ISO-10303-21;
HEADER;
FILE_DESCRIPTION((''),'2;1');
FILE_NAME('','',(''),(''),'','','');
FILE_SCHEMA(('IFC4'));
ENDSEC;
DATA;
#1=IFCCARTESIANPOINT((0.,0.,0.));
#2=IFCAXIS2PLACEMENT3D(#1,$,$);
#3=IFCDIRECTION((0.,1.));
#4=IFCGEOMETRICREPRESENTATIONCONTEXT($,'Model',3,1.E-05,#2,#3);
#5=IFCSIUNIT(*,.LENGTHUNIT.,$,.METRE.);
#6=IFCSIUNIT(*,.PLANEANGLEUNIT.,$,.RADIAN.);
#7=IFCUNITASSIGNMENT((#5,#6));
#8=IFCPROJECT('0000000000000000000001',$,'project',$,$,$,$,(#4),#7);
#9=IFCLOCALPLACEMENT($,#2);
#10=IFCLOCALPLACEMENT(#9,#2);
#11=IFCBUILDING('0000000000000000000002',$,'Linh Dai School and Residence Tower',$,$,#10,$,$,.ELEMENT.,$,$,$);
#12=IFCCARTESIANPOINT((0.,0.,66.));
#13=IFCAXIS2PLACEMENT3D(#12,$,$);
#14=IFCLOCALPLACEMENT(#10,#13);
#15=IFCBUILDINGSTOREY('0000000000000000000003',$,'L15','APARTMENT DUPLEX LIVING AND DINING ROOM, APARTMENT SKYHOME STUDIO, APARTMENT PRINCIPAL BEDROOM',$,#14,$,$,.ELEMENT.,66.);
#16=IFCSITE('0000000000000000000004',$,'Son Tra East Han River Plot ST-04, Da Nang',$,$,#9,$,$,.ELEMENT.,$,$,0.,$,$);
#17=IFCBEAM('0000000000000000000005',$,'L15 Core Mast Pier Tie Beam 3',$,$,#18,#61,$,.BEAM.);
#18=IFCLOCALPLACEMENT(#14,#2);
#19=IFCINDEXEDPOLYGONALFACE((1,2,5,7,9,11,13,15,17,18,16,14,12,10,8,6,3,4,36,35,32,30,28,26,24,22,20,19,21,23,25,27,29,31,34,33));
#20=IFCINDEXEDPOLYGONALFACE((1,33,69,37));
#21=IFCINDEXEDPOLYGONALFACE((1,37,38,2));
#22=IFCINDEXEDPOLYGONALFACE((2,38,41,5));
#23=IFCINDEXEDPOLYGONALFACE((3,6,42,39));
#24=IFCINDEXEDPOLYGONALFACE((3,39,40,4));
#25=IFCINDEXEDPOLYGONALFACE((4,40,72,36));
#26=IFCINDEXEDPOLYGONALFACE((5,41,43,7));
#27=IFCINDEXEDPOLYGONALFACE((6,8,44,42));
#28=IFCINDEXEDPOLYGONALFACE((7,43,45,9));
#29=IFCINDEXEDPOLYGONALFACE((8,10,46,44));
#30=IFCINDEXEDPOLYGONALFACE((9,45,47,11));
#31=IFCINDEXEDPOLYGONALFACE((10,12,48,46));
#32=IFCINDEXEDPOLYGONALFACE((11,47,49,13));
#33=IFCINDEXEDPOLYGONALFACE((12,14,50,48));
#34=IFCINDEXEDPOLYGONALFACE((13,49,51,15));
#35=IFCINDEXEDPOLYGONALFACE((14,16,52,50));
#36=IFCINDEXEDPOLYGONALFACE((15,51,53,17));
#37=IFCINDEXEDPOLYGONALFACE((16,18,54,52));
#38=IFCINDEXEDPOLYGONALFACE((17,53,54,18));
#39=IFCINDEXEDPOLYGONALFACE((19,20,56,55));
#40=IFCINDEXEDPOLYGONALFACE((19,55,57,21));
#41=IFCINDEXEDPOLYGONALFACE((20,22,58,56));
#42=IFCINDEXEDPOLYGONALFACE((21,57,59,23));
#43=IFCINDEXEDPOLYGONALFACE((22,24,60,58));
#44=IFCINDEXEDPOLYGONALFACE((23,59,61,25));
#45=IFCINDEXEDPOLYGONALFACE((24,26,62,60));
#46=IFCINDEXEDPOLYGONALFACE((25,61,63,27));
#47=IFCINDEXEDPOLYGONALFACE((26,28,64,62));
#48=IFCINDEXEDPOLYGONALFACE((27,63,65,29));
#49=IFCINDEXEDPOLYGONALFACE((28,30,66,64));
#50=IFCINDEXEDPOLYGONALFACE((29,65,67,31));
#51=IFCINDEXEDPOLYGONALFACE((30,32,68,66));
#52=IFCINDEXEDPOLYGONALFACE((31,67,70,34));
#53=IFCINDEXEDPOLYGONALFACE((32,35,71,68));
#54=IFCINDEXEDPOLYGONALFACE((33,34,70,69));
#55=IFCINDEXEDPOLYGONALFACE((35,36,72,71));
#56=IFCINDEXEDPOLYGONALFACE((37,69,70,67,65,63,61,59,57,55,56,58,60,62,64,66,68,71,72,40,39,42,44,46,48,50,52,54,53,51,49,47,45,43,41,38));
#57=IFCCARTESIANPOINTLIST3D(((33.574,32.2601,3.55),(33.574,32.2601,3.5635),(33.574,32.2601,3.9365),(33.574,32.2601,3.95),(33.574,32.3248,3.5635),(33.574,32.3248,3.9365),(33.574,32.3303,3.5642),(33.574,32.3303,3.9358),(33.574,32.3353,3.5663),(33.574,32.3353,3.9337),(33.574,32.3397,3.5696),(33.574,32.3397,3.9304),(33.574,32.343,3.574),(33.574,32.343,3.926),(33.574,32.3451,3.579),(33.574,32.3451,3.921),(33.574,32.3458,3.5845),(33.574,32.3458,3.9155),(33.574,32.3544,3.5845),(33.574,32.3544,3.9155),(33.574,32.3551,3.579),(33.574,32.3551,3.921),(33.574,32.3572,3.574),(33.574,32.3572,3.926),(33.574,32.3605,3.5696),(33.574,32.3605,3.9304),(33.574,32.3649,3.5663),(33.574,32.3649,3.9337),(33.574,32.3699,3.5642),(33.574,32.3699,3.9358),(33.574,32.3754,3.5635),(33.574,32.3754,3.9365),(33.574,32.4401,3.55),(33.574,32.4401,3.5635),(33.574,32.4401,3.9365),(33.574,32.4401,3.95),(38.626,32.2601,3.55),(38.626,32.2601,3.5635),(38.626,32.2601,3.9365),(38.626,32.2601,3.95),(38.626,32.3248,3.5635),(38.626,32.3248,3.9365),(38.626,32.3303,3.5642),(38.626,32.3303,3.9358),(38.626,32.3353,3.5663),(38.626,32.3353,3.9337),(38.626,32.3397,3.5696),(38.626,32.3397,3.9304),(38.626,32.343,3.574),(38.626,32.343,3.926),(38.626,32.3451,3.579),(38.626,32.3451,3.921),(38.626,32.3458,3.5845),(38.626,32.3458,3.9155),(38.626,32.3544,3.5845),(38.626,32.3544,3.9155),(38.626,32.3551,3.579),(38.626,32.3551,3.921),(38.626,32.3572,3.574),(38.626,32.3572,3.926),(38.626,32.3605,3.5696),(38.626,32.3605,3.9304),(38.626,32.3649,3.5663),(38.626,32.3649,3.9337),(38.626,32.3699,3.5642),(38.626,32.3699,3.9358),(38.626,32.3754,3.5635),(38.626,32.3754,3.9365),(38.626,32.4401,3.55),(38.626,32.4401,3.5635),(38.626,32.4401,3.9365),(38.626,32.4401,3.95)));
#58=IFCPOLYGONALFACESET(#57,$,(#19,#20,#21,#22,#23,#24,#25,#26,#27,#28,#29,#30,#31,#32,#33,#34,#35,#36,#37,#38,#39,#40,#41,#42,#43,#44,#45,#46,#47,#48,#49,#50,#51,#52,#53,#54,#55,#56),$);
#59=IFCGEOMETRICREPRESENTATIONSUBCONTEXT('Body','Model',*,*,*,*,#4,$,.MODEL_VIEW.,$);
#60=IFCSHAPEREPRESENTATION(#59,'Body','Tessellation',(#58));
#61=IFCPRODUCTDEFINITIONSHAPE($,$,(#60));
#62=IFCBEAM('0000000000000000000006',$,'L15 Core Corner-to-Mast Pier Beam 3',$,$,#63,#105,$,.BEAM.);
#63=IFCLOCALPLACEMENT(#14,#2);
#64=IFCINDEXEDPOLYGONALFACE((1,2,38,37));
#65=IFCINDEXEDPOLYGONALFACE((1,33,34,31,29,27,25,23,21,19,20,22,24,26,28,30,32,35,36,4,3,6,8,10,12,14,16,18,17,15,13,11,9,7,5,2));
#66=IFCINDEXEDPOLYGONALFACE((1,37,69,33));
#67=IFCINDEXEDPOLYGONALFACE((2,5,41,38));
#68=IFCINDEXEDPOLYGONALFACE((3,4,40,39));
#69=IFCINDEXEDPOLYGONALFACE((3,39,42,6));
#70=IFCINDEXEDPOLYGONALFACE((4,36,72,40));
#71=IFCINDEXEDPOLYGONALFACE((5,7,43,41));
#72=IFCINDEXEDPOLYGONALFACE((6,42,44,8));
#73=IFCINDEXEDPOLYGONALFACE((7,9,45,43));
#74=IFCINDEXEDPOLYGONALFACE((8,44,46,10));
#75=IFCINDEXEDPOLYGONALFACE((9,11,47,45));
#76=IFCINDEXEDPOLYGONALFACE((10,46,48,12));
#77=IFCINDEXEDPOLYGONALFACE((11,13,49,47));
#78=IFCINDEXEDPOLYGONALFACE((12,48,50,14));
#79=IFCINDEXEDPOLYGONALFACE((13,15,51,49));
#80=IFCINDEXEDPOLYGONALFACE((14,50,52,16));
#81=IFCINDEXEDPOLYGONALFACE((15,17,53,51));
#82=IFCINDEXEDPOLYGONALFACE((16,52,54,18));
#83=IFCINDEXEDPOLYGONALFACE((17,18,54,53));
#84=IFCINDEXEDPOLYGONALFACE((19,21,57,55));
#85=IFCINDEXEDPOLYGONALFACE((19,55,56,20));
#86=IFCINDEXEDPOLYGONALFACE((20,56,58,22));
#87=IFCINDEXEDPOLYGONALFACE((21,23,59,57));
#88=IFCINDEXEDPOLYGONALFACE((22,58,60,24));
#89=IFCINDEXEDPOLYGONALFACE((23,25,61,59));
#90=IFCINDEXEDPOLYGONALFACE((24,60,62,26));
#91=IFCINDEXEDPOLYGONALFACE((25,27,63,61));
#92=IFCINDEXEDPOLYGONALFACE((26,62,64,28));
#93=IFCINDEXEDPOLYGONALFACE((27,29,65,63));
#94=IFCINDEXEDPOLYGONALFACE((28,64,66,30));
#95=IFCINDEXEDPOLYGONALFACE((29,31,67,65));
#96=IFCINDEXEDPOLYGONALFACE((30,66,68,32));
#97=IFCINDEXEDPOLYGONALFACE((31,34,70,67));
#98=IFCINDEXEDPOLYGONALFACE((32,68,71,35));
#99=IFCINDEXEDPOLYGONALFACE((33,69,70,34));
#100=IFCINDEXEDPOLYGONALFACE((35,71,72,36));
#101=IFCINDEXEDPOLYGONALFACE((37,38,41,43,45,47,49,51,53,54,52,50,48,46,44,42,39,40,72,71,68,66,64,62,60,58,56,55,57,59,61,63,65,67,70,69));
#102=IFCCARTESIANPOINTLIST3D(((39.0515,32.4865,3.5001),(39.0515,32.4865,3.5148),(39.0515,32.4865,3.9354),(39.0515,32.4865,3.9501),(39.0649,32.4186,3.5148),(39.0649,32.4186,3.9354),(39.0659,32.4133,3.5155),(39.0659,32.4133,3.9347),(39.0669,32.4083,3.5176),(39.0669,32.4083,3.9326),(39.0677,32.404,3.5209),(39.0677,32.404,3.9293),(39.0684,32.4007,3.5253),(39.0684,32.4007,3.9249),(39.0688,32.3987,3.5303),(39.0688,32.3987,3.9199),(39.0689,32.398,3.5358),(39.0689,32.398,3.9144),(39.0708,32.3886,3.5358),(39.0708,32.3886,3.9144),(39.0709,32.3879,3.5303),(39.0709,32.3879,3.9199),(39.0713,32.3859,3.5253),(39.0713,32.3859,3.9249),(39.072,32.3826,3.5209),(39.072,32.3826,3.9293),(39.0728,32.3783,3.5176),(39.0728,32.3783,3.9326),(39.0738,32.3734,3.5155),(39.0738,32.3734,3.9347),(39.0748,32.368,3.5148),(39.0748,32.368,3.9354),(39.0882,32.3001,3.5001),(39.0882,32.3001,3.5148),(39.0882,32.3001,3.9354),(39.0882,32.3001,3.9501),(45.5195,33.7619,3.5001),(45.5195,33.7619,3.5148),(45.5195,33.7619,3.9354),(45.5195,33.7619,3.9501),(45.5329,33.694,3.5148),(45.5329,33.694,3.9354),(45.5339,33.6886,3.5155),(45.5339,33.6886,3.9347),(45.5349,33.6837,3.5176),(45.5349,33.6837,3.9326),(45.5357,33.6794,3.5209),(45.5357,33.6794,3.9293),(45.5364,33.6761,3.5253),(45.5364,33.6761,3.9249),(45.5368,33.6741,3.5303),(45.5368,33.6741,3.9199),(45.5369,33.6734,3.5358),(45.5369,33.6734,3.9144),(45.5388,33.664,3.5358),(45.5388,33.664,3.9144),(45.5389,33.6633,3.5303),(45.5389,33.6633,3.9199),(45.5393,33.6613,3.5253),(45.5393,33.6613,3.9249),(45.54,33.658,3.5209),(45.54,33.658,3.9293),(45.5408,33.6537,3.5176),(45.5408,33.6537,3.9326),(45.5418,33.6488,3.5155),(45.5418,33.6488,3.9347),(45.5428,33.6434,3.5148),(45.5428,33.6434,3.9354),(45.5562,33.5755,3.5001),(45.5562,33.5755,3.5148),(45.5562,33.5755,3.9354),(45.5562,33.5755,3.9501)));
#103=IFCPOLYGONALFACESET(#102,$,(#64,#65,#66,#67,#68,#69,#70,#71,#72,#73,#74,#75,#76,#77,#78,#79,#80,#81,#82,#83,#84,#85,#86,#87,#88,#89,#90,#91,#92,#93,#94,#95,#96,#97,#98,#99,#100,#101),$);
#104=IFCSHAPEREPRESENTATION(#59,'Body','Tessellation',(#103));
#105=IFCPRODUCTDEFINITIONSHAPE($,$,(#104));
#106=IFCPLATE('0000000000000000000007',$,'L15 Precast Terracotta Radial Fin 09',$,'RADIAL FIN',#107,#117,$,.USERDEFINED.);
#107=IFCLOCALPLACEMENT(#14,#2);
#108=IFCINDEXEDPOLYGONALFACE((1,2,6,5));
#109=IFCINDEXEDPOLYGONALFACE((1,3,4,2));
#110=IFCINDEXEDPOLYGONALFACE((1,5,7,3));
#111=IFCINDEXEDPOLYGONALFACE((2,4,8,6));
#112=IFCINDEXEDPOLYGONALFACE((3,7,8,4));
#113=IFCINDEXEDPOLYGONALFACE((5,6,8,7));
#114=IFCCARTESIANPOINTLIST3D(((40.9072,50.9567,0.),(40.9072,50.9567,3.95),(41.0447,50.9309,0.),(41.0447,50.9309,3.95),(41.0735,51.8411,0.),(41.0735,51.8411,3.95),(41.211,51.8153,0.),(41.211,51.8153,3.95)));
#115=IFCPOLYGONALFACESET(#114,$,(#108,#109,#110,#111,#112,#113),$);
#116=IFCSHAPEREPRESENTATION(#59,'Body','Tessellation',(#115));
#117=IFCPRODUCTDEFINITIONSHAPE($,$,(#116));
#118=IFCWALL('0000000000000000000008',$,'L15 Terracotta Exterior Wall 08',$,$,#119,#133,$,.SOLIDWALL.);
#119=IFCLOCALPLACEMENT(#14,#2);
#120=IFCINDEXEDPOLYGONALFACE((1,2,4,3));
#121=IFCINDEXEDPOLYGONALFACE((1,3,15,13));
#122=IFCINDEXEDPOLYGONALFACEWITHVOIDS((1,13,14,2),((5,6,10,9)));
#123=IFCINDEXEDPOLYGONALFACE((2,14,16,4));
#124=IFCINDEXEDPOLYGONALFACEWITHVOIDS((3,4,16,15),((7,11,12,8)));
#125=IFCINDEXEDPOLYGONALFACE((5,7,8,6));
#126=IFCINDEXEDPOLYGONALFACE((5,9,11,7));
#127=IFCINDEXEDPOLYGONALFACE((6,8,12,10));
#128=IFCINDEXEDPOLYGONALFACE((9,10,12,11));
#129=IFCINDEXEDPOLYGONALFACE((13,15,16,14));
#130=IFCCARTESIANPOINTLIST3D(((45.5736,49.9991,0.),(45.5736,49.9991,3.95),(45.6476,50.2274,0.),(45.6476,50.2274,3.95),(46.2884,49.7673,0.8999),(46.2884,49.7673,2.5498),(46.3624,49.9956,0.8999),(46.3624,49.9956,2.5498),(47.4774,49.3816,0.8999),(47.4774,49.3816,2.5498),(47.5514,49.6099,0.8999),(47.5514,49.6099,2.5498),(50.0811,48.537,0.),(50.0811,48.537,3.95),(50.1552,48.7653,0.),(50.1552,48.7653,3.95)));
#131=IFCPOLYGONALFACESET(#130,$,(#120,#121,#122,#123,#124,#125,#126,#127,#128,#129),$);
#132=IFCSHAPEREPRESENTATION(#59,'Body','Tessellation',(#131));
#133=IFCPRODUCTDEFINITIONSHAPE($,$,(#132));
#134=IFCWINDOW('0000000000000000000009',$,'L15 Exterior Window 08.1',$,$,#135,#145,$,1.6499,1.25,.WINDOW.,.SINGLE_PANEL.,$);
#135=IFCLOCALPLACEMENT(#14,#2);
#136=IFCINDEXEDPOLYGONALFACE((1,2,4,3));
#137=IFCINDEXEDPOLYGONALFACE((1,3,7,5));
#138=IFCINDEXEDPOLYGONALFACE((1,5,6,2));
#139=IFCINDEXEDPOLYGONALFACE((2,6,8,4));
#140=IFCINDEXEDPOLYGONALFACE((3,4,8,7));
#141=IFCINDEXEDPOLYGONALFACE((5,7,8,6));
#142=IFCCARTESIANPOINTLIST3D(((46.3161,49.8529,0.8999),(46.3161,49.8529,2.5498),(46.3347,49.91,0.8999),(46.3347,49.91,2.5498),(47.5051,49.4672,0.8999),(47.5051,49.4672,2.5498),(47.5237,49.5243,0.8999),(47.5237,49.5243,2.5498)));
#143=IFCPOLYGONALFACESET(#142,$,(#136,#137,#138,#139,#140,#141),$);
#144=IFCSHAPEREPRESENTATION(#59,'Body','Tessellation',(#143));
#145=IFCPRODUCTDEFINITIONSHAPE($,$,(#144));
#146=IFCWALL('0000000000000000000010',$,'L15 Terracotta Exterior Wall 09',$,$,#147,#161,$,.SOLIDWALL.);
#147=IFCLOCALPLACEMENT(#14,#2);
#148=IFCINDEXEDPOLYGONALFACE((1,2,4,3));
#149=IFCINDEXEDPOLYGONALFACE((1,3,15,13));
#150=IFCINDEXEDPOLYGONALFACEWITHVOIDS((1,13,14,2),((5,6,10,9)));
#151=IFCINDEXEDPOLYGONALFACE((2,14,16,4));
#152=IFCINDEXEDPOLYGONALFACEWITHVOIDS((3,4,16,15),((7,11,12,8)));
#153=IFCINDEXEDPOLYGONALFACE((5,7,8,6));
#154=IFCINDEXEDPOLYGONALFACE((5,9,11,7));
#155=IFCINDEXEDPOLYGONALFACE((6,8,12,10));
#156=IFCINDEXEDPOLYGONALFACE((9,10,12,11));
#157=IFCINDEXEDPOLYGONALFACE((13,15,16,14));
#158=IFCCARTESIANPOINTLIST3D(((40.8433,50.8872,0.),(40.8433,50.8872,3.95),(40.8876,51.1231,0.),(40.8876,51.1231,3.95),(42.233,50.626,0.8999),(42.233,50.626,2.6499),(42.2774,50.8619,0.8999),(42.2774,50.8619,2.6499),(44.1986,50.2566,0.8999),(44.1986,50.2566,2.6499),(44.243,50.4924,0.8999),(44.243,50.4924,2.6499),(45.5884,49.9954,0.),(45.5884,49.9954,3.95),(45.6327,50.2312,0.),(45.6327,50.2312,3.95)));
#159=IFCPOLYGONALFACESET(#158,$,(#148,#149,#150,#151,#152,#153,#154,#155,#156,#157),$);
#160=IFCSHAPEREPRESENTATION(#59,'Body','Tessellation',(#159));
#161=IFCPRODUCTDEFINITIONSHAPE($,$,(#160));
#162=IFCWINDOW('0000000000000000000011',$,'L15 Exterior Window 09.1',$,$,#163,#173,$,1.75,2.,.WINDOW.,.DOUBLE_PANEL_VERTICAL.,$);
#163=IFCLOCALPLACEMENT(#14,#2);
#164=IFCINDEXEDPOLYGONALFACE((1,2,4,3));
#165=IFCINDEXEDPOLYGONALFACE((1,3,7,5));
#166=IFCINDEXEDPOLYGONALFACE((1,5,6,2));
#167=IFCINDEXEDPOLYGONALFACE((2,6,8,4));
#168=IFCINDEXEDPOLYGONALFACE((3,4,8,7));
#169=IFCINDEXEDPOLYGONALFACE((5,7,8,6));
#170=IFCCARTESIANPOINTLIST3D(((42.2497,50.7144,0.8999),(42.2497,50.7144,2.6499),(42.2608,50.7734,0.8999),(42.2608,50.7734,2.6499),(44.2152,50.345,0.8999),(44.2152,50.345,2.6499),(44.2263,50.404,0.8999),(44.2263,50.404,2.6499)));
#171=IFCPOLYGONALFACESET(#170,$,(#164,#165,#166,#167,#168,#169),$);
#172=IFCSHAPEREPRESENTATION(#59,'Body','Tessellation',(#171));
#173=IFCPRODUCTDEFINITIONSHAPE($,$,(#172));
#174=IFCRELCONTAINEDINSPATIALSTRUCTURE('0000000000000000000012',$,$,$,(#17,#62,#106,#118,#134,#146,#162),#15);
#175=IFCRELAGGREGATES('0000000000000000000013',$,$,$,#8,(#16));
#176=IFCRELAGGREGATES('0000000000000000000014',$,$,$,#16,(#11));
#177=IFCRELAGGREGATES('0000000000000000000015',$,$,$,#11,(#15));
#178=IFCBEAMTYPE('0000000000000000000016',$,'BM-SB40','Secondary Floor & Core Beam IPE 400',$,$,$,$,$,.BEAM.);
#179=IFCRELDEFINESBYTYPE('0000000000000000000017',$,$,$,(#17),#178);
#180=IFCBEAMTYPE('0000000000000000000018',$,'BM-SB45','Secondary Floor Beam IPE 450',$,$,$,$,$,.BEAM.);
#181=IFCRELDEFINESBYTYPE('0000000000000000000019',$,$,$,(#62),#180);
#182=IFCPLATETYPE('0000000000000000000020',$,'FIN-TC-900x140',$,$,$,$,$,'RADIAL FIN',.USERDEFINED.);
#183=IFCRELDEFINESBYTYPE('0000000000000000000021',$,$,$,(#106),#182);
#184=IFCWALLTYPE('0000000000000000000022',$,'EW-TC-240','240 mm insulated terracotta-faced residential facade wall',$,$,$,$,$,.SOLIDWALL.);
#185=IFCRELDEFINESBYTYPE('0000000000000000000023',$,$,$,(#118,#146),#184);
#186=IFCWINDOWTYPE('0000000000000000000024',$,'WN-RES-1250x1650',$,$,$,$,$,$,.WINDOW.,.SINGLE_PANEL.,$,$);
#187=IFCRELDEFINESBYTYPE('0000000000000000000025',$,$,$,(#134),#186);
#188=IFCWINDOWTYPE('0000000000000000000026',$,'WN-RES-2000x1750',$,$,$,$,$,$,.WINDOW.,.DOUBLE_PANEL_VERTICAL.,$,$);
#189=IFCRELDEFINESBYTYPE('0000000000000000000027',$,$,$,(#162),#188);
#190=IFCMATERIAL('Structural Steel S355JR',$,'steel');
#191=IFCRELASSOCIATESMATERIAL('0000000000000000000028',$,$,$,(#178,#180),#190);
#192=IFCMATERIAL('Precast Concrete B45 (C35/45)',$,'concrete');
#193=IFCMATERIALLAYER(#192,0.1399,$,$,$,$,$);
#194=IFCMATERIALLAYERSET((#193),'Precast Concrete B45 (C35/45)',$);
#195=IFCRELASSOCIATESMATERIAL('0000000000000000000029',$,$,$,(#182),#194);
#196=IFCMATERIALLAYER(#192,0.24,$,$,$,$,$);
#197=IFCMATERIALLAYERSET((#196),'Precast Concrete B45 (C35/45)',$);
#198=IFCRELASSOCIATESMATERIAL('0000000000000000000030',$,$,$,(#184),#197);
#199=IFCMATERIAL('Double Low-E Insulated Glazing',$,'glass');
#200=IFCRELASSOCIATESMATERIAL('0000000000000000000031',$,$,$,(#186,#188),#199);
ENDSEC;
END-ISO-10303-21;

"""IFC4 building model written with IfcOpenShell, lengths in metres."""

from ifc_helpers import new_model, si_unit, direction, frame, frame_2d, origin, origin_2d, place, context, subcontext, project, spatial, rectangle, i_section, extrude, source, transform, mapped, material, layer, layer_set, material_profile, profile_set, type_object, element, fill, save


model = new_model("IFC4")

# Units and contexts
model_context = context("Model", 3, precision=1e-05, world=origin(), true_north=direction((0.0, 1.0)))
body_context = subcontext(model_context, "Body", "Model", "MODEL_VIEW")
ifc_project = project(units=[si_unit("LENGTHUNIT", "METRE"), si_unit("PLANEANGLEUNIT", "RADIAN")], contexts=[model_context])

# Site, building, storey
site_placement = place(None, origin())
site = spatial("IfcSite", under=ifc_project, at=site_placement, Name="Son Tra East Han River Plot ST-04, Da Nang", CompositionType="ELEMENT", RefElevation=0.0)
building_placement = place(site_placement, origin())
building = spatial("IfcBuilding", under=site, at=building_placement, Name="Linh Dai School and Residence Tower", CompositionType="ELEMENT")
storey_placement = place(building_placement, frame((0.0, 0.0, 66.0)))
storey = spatial("IfcBuildingStorey", under=building, at=storey_placement, Name="L15", Description="APARTMENT DUPLEX LIVING AND DINING ROOM, APARTMENT SKYHOME STUDIO, APARTMENT PRINCIPAL BEDROOM", CompositionType="ELEMENT", Elevation=66.0)

# Shared definitions
ifc_material_1 = material(Name="Structural Steel S355JR", Category="steel")

# Beams
ifc_material_profile_1 = material_profile(ifc_material_1, i_section(OverallWidth=0.1799, OverallDepth=0.3999, WebThickness=0.0085, FlangeThickness=0.0134, FilletRadius=0.021, at=origin_2d()), Name="IPE 400")
ifc_profile_set_1 = profile_set([ifc_material_profile_1], Name="Structural Steel S355JR")
beam_type_1 = type_object("IfcBeamType", Name="BM-SB40", Description="Secondary Floor & Core Beam IPE 400", PredefinedType="BEAM", material=ifc_profile_set_1)
beam_1_placement = place(storey_placement, frame((38.626, 32.3501, 3.75), z_axis=(-1.0, 0.0, 0.0), x_axis=(0.0, -1.0, 0.0)))
element("IfcBeam", 1, at=beam_1_placement, inside=storey, type_object=beam_type_1, Name="L15 Core Mast Pier Tie Beam 3", PredefinedType="BEAM", context=body_context, shape_type="SweptSolid", body=[
    extrude(i_section(OverallWidth=0.1799, OverallDepth=0.3999, WebThickness=0.0085, FlangeThickness=0.0134, FilletRadius=0.021, at=origin_2d()), origin(), (0.0, 0.0, 1.0), 5.052),
])
ifc_material_profile_2 = material_profile(ifc_material_1, i_section(OverallWidth=0.1899, OverallDepth=0.45, WebThickness=0.0095, FlangeThickness=0.0146, FilletRadius=0.021, at=origin_2d()), Name="IPE 450")
ifc_profile_set_2 = profile_set([ifc_material_profile_2], Name="Structural Steel S355JR")
beam_type_2 = type_object("IfcBeamType", Name="BM-SB45", Description="Secondary Floor Beam IPE 450", PredefinedType="BEAM", material=ifc_profile_set_2)
beam_2_placement = place(storey_placement, frame((45.5378, 33.6687, 3.7251), z_axis=(-0.981108, -0.193459, 0.0), x_axis=(0.193459, -0.981108, 0.0)))
element("IfcBeam", 2, at=beam_2_placement, inside=storey, type_object=beam_type_2, Name="L15 Core Corner-to-Mast Pier Beam 3", PredefinedType="BEAM", context=body_context, shape_type="SweptSolid", body=[
    extrude(i_section(OverallWidth=0.1899, OverallDepth=0.45, WebThickness=0.0095, FlangeThickness=0.0146, FilletRadius=0.021, at=origin_2d()), origin(), (0.0, 0.0, 1.0), 6.5925),
])

# Plate
ifc_material_2 = material(Name="Precast Concrete B45 (C35/45)", Category="concrete")
ifc_layer_1 = layer(ifc_material_2, 0.1399)
ifc_layer_set_1 = layer_set([ifc_layer_1], Name="Precast Concrete B45 (C35/45)")
plate_type = type_object("IfcPlateType", Name="FIN-TC-900x140", ElementType="RADIAL FIN", PredefinedType="USERDEFINED", material=ifc_layer_set_1)
shared_shape_1 = source(origin(), body_context, "Body", "SweptSolid", [
    extrude(rectangle(XDim=0.8999, YDim=0.1399, at=origin_2d()), origin(), (0.0, 0.0, 1.0), 3.95),
])
plate_placement = place(storey_placement, frame((41.0591, 51.386, 0.0), z_axis=(0.0, 0.0, 1.0), x_axis=(0.184748, 0.982786, 0.0)))
element("IfcPlate", 3, at=plate_placement, inside=storey, type_object=plate_type, Name="L15 Precast Terracotta Radial Fin 09", ObjectType="RADIAL FIN", PredefinedType="USERDEFINED", context=body_context, shape_type="MappedRepresentation", body=[
    mapped(shared_shape_1, transform((0.0, 0.0, 0.0), x_axis=(1.0, 0.0, 0.0), y_axis=(0.0, 1.0, 0.0), z_axis=(0.0, 0.0, 1.0), scale=1.0)),
])

# Walls, openings, windows
ifc_layer_2 = layer(ifc_material_2, 0.24)
ifc_layer_set_2 = layer_set([ifc_layer_2], Name="Precast Concrete B45 (C35/45)")
wall_type_1 = type_object("IfcWallType", Name="EW-TC-240", Description="240 mm insulated terracotta-faced residential facade wall", PredefinedType="SOLIDWALL", material=ifc_layer_set_2)
wall_1_placement = place(storey_placement, frame((45.6106, 50.1133, 0.0), z_axis=(0.0, 0.0, 1.0), x_axis=(0.951208, -0.308551, 0.0)))
wall_1 = element("IfcWall", 4, at=wall_1_placement, inside=storey, type_object=wall_type_1, Name="L15 Terracotta Exterior Wall 08", PredefinedType="SOLIDWALL", context=body_context, shape_type="SweptSolid", body=[
    extrude(rectangle(XDim=4.7388, YDim=0.24, at=frame_2d((2.3694, 0.0))), origin(), (0.0, 0.0, 1.0), 3.95),
])
opening_1_placement = place(wall_1_placement, frame((0.7515, 0.0, 0.8999)))
opening_1 = element("IfcOpeningElement", 5, at=opening_1_placement, cuts=wall_1, PredefinedType="OPENING", context=body_context, shape_type="SweptSolid", body=[
    extrude(rectangle(XDim=1.25, YDim=1.6499, at=origin_2d()), frame((0.625, 0.1299, 0.825), z_axis=(0.0, -1.0, 0.0), x_axis=(1.0, 0.0, 0.0)), (0.0, 0.0, 1.0), 0.26),
])
ifc_material_3 = material(Name="Double Low-E Insulated Glazing", Category="glass")
window_type_1 = type_object("IfcWindowType", Name="WN-RES-1250x1650", PartitioningType="SINGLE_PANEL", PredefinedType="WINDOW", material=ifc_material_3)
shared_shape_2 = source(origin(), body_context, "Body", "SweptSolid", [
    extrude(rectangle(XDim=1.25, YDim=1.6499, at=origin_2d()), frame((0.625, 0.03, 0.825), z_axis=(0.0, -1.0, 0.0), x_axis=(1.0, 0.0, 0.0)), (0.0, 0.0, 1.0), 0.0601),
])
window_1_placement = place(opening_1_placement, origin())
window_1 = element("IfcWindow", 6, at=window_1_placement, inside=storey, type_object=window_type_1, Name="L15 Exterior Window 08.1", OverallHeight=1.6499, OverallWidth=1.25, PartitioningType="SINGLE_PANEL", PredefinedType="WINDOW", context=body_context, shape_type="MappedRepresentation", body=[
    mapped(shared_shape_2, transform((0.0, 0.0, 0.0), x_axis=(1.0, 0.0, 0.0), y_axis=(0.0, 1.0, 0.0), z_axis=(0.0, 0.0, 1.0), scale=1.0)),
])
fill(opening_1, window_1)
wall_2_placement = place(storey_placement, frame((40.8655, 51.0051, 0.0), z_axis=(0.0, 0.0, 1.0), x_axis=(0.982792, -0.184716, 0.0)))
wall_2 = element("IfcWall", 7, at=wall_2_placement, inside=storey, type_object=wall_type_1, Name="L15 Terracotta Exterior Wall 09", PredefinedType="SOLIDWALL", context=body_context, shape_type="SweptSolid", body=[
    extrude(rectangle(XDim=4.8281, YDim=0.24, at=frame_2d((2.4141, 0.0))), origin(), (0.0, 0.0, 1.0), 3.95),
])
opening_2_placement = place(wall_2_placement, frame((1.4141, 0.0, 0.8999)))
opening_2 = element("IfcOpeningElement", 8, at=opening_2_placement, cuts=wall_2, PredefinedType="OPENING", context=body_context, shape_type="SweptSolid", body=[
    extrude(rectangle(XDim=2.0, YDim=1.75, at=origin_2d()), frame((1.0, 0.1299, 0.875), z_axis=(0.0, -1.0, 0.0), x_axis=(1.0, 0.0, 0.0)), (0.0, 0.0, 1.0), 0.26),
])
window_type_2 = type_object("IfcWindowType", Name="WN-RES-2000x1750", PartitioningType="DOUBLE_PANEL_VERTICAL", PredefinedType="WINDOW", material=ifc_material_3)
shared_shape_3 = source(origin(), body_context, "Body", "SweptSolid", [
    extrude(rectangle(XDim=2.0, YDim=1.75, at=origin_2d()), frame((1.0, 0.03, 0.875), z_axis=(0.0, -1.0, 0.0), x_axis=(1.0, 0.0, 0.0)), (0.0, 0.0, 1.0), 0.0601),
])
window_2_placement = place(opening_2_placement, origin())
window_2 = element("IfcWindow", 9, at=window_2_placement, inside=storey, type_object=window_type_2, Name="L15 Exterior Window 09.1", OverallHeight=1.75, OverallWidth=2.0, PartitioningType="DOUBLE_PANEL_VERTICAL", PredefinedType="WINDOW", context=body_context, shape_type="MappedRepresentation", body=[
    mapped(shared_shape_3, transform((0.0, 0.0, 0.0), x_axis=(1.0, 0.0, 0.0), y_axis=(0.0, 1.0, 0.0), z_axis=(0.0, 0.0, 1.0), scale=1.0)),
])
fill(opening_2, window_2)

save(model, "model.ifc")
